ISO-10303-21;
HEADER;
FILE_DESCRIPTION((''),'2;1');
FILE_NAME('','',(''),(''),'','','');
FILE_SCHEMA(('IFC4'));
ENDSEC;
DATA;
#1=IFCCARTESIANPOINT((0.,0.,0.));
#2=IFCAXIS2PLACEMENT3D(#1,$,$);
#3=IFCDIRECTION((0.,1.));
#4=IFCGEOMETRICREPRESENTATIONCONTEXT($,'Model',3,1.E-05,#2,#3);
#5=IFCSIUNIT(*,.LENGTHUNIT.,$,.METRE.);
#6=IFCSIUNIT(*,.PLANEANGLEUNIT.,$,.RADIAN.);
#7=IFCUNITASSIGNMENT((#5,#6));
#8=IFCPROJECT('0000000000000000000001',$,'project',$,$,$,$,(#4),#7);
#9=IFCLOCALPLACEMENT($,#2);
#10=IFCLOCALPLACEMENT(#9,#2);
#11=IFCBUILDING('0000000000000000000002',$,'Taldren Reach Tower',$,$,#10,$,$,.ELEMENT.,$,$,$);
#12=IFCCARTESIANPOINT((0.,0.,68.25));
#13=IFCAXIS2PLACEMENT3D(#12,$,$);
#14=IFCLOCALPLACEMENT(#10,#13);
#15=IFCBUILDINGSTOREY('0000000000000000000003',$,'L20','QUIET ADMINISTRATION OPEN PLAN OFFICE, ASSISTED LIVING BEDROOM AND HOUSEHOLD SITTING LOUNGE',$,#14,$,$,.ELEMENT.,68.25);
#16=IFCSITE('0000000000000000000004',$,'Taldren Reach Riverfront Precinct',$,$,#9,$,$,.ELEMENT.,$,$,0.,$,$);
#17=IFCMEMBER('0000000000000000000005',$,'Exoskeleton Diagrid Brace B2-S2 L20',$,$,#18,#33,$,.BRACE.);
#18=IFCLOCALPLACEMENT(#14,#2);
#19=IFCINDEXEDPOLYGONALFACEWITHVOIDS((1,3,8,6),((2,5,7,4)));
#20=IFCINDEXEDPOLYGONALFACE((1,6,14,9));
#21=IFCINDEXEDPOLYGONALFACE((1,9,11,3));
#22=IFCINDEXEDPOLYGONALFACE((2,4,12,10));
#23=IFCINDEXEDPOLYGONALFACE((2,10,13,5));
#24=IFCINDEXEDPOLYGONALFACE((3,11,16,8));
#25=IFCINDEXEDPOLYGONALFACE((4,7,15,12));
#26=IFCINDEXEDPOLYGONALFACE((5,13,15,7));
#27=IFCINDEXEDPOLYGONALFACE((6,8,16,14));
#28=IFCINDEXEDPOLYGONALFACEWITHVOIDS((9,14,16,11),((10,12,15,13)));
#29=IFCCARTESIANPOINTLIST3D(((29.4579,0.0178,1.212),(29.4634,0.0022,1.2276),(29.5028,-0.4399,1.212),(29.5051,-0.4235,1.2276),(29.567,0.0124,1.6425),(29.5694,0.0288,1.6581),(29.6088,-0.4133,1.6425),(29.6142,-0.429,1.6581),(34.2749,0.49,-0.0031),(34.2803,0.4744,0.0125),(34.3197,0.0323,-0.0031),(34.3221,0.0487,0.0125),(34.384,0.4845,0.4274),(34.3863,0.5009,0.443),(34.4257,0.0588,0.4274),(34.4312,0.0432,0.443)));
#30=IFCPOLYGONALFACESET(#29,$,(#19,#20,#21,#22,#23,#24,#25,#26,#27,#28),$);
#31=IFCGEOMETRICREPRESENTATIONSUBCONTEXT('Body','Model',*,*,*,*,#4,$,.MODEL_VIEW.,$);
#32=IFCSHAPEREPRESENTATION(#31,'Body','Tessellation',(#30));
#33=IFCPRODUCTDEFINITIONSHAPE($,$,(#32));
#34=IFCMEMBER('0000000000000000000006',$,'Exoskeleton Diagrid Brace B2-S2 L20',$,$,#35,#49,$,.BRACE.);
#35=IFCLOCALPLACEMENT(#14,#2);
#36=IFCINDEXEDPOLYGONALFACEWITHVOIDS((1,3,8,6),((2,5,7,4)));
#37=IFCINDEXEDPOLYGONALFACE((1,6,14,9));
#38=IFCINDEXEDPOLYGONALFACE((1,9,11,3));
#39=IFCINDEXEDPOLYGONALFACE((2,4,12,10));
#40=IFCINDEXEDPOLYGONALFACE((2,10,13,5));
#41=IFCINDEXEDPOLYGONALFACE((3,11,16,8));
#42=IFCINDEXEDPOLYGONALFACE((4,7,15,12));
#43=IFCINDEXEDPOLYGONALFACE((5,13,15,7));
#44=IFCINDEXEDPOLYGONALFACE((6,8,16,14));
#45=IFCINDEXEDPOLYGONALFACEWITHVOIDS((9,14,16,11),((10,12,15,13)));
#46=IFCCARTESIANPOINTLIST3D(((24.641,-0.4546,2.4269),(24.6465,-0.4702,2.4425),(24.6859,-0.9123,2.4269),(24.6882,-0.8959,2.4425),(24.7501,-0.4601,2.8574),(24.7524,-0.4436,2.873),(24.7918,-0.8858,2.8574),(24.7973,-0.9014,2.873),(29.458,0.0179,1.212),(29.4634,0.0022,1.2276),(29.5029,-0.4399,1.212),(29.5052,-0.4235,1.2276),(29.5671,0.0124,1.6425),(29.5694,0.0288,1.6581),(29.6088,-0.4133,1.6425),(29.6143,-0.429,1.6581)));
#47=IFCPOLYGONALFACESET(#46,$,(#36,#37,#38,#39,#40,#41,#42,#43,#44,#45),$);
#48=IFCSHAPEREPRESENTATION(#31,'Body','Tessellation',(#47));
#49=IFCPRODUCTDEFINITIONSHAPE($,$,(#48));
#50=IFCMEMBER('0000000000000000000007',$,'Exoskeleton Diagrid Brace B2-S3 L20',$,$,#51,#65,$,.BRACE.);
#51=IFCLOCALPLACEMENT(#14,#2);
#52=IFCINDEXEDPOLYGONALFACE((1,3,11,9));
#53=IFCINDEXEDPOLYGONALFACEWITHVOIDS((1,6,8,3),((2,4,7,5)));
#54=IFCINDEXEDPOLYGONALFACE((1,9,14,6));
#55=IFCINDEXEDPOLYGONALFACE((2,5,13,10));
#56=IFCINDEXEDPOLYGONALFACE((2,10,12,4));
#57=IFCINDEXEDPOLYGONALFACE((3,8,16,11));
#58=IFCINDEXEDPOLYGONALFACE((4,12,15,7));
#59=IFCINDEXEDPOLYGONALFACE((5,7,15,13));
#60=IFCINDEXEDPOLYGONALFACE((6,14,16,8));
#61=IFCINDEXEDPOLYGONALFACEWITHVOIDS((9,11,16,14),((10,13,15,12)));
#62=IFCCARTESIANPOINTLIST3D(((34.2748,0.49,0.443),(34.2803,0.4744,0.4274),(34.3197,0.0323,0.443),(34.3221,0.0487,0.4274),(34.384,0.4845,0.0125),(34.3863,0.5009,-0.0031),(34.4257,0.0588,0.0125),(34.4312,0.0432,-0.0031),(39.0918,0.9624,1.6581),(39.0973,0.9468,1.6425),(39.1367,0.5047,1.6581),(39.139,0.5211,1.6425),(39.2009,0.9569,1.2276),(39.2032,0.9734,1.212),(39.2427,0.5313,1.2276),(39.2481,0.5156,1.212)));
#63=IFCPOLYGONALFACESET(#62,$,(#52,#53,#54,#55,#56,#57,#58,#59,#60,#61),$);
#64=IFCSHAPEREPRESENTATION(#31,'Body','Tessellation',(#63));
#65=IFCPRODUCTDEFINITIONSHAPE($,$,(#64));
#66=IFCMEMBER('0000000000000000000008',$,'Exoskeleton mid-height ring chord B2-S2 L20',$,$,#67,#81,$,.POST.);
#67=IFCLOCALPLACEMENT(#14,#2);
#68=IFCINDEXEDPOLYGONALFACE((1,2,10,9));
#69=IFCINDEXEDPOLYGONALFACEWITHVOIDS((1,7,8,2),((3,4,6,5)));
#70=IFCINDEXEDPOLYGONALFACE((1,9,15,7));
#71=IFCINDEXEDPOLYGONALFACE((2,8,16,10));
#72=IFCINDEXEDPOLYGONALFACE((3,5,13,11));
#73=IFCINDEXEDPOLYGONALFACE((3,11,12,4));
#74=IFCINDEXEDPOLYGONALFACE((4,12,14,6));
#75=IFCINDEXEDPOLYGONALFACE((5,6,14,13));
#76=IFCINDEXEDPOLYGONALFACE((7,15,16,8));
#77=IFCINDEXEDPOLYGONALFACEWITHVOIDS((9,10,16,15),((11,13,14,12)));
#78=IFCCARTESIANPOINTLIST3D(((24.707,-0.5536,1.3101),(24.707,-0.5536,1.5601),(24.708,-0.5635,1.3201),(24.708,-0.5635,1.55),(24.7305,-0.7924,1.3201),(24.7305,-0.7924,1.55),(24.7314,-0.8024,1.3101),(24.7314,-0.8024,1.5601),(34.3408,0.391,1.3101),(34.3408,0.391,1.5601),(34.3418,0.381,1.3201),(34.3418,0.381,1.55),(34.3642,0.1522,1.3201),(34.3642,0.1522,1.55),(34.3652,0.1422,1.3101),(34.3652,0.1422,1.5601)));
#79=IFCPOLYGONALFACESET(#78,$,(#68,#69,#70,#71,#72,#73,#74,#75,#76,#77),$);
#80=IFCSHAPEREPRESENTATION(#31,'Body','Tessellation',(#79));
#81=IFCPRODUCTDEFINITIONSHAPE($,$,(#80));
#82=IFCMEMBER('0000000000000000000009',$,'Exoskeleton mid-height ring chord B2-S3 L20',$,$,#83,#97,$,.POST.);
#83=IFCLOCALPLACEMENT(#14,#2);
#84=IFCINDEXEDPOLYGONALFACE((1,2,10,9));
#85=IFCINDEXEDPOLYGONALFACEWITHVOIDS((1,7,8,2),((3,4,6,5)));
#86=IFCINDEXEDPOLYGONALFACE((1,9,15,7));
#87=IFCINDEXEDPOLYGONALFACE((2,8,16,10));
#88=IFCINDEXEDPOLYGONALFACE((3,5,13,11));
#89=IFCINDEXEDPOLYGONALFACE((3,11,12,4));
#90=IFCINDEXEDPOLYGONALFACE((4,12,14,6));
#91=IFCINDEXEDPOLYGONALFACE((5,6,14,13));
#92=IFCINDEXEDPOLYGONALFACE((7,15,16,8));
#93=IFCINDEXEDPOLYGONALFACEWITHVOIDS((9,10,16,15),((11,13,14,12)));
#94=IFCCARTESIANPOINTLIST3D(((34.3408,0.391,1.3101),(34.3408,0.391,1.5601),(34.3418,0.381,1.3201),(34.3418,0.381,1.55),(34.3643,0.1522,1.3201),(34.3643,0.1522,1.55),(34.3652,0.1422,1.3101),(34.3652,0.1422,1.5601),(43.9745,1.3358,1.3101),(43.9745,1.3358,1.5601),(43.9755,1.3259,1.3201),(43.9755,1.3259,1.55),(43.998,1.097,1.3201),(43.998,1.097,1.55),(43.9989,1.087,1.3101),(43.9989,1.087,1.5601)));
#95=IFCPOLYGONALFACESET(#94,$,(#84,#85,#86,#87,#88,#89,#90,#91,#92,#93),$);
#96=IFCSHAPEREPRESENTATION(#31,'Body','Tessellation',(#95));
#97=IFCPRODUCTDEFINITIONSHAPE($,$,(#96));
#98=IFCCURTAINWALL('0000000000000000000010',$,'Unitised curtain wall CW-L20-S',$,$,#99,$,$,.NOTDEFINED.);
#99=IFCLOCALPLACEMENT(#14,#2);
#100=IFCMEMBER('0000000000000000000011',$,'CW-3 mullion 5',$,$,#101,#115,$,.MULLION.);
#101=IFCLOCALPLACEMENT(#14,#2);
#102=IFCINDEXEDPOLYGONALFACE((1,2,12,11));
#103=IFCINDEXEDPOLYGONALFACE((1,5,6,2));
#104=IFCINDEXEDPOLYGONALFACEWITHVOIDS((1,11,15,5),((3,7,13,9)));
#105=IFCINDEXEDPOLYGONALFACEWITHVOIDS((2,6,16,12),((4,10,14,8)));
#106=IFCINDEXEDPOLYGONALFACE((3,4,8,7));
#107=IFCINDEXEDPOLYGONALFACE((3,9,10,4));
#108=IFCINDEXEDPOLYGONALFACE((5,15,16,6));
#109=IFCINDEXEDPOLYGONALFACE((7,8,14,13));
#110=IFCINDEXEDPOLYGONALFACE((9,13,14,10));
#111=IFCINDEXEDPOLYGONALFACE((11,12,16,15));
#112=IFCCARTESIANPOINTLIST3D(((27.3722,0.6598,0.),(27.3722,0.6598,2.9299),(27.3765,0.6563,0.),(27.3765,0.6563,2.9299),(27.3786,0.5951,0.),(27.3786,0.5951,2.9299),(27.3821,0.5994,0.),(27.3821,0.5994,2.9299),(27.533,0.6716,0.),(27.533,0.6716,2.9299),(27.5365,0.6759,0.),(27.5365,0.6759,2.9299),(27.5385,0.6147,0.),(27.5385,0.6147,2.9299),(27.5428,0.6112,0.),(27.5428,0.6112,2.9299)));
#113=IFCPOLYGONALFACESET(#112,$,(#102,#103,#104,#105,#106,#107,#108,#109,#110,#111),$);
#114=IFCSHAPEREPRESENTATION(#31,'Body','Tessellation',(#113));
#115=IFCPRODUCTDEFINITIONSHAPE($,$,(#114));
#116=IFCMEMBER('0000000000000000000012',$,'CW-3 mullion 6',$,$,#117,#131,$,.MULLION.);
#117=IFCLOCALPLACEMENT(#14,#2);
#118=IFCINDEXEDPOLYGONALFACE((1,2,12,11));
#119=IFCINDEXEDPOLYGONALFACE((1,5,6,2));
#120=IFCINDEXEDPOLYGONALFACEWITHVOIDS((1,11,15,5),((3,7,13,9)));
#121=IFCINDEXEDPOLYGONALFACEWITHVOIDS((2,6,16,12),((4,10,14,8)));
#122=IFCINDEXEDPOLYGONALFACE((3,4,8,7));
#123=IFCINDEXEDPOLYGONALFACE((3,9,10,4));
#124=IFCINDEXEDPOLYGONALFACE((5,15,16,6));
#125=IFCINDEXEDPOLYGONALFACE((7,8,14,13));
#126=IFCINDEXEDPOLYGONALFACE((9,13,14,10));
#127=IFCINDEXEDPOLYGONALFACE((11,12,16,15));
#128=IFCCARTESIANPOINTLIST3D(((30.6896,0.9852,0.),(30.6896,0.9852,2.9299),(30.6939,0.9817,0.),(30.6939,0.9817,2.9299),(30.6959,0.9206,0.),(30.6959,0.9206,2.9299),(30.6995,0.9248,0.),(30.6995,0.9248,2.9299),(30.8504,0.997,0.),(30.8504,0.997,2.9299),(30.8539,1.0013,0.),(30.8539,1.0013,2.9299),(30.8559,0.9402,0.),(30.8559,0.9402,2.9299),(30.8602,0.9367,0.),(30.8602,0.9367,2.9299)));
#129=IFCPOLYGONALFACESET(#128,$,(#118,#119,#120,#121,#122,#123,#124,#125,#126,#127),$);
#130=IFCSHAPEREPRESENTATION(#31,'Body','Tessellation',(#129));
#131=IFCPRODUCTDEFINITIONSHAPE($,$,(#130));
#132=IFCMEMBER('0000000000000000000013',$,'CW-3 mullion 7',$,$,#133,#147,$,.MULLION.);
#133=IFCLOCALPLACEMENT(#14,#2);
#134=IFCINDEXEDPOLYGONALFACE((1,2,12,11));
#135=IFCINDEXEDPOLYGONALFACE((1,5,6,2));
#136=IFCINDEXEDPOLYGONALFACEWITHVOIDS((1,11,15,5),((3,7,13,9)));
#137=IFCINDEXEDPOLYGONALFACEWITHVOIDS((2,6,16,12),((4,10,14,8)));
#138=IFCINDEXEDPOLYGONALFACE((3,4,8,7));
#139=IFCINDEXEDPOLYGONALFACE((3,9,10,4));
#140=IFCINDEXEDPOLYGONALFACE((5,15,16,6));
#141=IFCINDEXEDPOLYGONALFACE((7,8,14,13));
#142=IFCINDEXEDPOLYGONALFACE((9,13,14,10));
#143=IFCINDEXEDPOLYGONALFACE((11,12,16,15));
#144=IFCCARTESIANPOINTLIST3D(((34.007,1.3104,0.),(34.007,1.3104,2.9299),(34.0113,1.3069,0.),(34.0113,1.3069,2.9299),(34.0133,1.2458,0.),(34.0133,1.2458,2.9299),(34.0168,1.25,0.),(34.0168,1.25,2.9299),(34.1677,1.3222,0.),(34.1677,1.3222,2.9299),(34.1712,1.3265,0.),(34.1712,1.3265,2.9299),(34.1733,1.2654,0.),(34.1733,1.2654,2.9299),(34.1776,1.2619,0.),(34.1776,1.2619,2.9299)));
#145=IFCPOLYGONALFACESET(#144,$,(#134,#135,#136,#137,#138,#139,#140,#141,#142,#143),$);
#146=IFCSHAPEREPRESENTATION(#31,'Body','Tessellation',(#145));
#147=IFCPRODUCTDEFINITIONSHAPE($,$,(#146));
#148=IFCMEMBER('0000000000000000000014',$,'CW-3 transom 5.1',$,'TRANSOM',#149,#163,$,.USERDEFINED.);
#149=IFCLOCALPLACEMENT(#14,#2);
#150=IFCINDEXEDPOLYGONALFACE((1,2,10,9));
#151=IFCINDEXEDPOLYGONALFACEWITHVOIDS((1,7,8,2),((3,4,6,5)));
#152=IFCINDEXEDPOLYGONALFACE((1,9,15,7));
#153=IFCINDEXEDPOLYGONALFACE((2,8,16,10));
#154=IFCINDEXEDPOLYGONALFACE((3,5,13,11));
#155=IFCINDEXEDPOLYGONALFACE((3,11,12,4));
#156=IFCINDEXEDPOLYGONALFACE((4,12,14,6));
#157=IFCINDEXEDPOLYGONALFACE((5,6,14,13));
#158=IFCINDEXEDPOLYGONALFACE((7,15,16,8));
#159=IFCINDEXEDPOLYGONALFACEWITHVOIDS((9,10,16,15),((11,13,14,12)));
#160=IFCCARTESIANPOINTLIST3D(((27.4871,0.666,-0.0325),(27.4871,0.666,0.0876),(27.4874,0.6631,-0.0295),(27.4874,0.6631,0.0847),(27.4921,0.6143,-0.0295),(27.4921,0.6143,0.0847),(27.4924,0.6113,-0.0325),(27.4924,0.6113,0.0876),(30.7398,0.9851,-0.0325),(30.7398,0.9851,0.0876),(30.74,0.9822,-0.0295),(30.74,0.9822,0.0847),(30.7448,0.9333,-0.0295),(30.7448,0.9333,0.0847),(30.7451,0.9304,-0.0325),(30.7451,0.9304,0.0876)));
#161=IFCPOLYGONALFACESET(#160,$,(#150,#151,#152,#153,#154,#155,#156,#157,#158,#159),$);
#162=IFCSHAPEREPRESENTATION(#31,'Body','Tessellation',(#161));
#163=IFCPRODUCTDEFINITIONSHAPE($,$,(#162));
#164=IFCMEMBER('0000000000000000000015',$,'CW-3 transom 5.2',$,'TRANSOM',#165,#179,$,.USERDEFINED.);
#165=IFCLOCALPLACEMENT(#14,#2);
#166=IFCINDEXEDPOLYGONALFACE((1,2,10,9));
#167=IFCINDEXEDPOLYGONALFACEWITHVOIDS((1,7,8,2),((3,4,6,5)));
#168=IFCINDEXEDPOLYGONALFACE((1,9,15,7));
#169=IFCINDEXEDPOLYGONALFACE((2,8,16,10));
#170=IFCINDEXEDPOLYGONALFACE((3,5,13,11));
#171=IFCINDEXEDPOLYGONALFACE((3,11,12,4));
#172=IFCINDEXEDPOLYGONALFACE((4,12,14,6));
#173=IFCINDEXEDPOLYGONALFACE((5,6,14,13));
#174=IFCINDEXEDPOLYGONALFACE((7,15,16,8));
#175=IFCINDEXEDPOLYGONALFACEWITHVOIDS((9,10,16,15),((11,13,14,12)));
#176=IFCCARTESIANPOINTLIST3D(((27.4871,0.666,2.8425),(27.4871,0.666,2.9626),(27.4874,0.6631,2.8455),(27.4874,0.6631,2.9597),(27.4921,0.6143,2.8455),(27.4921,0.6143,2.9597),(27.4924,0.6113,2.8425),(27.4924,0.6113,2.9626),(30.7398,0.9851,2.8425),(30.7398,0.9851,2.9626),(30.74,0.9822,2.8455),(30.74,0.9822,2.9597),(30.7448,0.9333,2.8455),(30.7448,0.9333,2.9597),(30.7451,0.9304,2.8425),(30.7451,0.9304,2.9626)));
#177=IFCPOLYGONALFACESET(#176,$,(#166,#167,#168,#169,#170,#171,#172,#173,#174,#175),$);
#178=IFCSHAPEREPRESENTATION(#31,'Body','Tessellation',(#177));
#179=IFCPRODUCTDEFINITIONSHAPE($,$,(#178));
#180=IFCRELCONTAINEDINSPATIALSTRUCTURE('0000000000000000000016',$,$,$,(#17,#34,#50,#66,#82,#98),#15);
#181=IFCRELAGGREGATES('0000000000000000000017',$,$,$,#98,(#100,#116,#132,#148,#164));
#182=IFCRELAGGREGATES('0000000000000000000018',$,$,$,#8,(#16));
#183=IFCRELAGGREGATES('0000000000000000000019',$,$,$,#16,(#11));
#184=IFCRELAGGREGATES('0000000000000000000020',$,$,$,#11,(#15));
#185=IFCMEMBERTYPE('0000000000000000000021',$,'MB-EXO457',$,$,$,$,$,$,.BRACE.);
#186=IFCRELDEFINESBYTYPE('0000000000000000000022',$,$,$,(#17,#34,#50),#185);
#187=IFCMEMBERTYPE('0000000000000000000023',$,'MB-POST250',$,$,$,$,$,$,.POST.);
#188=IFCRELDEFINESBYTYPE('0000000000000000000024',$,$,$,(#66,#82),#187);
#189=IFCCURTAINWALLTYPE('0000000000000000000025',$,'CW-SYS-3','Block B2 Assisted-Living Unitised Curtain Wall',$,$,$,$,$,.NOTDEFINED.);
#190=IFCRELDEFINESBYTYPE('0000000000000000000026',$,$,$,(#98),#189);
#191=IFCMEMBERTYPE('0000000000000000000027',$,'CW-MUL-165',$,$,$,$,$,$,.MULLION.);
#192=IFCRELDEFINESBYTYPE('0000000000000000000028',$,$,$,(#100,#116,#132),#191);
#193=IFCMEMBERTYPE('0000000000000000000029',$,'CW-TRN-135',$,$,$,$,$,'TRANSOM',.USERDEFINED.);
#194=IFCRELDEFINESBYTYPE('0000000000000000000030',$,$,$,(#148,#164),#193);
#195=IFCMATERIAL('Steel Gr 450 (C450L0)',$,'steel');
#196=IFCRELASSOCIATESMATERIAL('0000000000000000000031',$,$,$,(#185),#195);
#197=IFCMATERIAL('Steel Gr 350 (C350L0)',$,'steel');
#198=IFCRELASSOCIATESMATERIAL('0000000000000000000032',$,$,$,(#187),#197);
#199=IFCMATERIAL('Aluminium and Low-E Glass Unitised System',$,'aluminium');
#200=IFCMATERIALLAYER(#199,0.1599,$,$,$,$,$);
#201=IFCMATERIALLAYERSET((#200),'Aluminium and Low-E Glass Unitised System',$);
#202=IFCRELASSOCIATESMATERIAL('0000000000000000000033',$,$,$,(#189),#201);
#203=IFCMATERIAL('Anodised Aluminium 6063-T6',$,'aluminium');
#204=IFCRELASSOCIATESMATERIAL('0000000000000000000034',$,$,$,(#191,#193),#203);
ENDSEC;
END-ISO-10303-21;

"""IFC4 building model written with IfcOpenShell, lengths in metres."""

from ifc_helpers import new_model, si_unit, direction, frame, origin, origin_2d, place, context, subcontext, project, spatial, hollow_rectangle, extrude, source, transform, mapped, material, layer, layer_set, material_profile, profile_set, type_object, element, aggregate, save


model = new_model("IFC4")

# Units and contexts
model_context = context("Model", 3, precision=1e-05, world=origin(), true_north=direction((0.0, 1.0)))
body_context = subcontext(model_context, "Body", "Model", "MODEL_VIEW")
ifc_project = project(units=[si_unit("LENGTHUNIT", "METRE"), si_unit("PLANEANGLEUNIT", "RADIAN")], contexts=[model_context])

# Site, building, storey
site_placement = place(None, origin())
site = spatial("IfcSite", under=ifc_project, at=site_placement, Name="Taldren Reach Riverfront Precinct", CompositionType="ELEMENT", RefElevation=0.0)
building_placement = place(site_placement, origin())
building = spatial("IfcBuilding", under=site, at=building_placement, Name="Taldren Reach Tower", CompositionType="ELEMENT")
storey_placement = place(building_placement, frame((0.0, 0.0, 68.25)))
storey = spatial("IfcBuildingStorey", under=building, at=storey_placement, Name="L20", Description="QUIET ADMINISTRATION OPEN PLAN OFFICE, ASSISTED LIVING BEDROOM AND HOUSEHOLD SITTING LOUNGE", CompositionType="ELEMENT", Elevation=68.25)

# Members
ifc_material_1 = material(Name="Steel Gr 450 (C450L0)", Category="steel")
ifc_material_profile_1 = material_profile(ifc_material_1, hollow_rectangle(XDim=0.46, YDim=0.46, WallThickness=0.0161, at=origin_2d()), Name="460x460x16.0SHS")
ifc_profile_set_1 = profile_set([ifc_material_profile_1], Name="Steel Gr 450 (C450L0)")
member_type_1 = type_object("IfcMemberType", Name="MB-EXO457", PredefinedType="BRACE", material=ifc_profile_set_1)
shared_shape_1 = source(origin(), body_context, "Body", "SweptSolid", [
    extrude(hollow_rectangle(XDim=0.46, YDim=0.46, WallThickness=0.0161, at=origin_2d()), origin(), (0.0, 0.0, 1.0), 4.9902),
])
for number, where, z_axis, x_axis, name in (
    (1, (34.353, 0.2666, 0.22), (-0.965276, -0.09462, 0.243496), (0.097556, -0.99523, 0.0), "Exoskeleton Diagrid Brace B2-S2 L20"),
    (2, (29.5361, -0.2056, 1.4351), (-0.965283, -0.094669, 0.243449), (0.097606, -0.995225, 0.0), "Exoskeleton Diagrid Brace B2-S2 L20"),
    (3, (34.353, 0.2666, 0.22), (0.965271, 0.094668, 0.243495), (-0.097606, 0.995225, 0.0), "Exoskeleton Diagrid Brace B2-S3 L20"),
):
    element("IfcMember", number, at=place(storey_placement, frame(where, z_axis=z_axis, x_axis=x_axis)), inside=storey, type_object=member_type_1, Name=name, PredefinedType="BRACE", context=body_context, shape_type="MappedRepresentation", body=[
        mapped(shared_shape_1, transform((0.0, 0.0, 0.0), scale=1.0)),
    ])
ifc_material_2 = material(Name="Steel Gr 350 (C350L0)", Category="steel")
ifc_material_profile_2 = material_profile(ifc_material_2, hollow_rectangle(XDim=0.25, YDim=0.25, WallThickness=0.01, at=origin_2d()), Name="250x250x10.0SHS")
ifc_profile_set_2 = profile_set([ifc_material_profile_2], Name="Steel Gr 350 (C350L0)")
member_type_2 = type_object("IfcMemberType", Name="MB-POST250", PredefinedType="POST", material=ifc_profile_set_2)
shared_shape_2 = source(origin(), body_context, "Body", "SweptSolid", [
    extrude(hollow_rectangle(XDim=0.25, YDim=0.25, WallThickness=0.01, at=origin_2d()), origin(), (0.0, 0.0, 1.0), 9.6799),
])
for number, where, z_axis, x_axis, name in (
    (4, (24.7192, -0.678, 1.4351), (0.995228, 0.097581, 0.0), (-0.097581, 0.995228, 0.0), "Exoskeleton mid-height ring chord B2-S2 L20"),
    (5, (34.353, 0.2666, 1.4351), (0.995225, 0.097606, 0.0), (-0.097606, 0.995225, 0.0), "Exoskeleton mid-height ring chord B2-S3 L20"),
):
    element("IfcMember", number, at=place(storey_placement, frame(where, z_axis=z_axis, x_axis=x_axis)), inside=storey, type_object=member_type_2, Name=name, PredefinedType="POST", context=body_context, shape_type="MappedRepresentation", body=[
        mapped(shared_shape_2, transform((0.0, 0.0, 0.0), scale=1.0)),
    ])

# Curtain wall, members
ifc_material_3 = material(Name="Aluminium and Low-E Glass Unitised System", Category="aluminium")
ifc_layer_1 = layer(ifc_material_3, 0.1599)
ifc_layer_set_1 = layer_set([ifc_layer_1], Name="Aluminium and Low-E Glass Unitised System")
curtain_wall_type = type_object("IfcCurtainWallType", Name="CW-SYS-3", Description="Block B2 Assisted-Living Unitised Curtain Wall", PredefinedType="NOTDEFINED", material=ifc_layer_set_1)
curtain_wall_placement = place(storey_placement, origin())
curtain_wall = element("IfcCurtainWall", 6, at=curtain_wall_placement, inside=storey, type_object=curtain_wall_type, Name="Unitised curtain wall CW-L20-S", PredefinedType="NOTDEFINED")
ifc_material_4 = material(Name="Anodised Aluminium 6063-T6", Category="aluminium")
ifc_material_profile_3 = material_profile(ifc_material_4, hollow_rectangle(XDim=0.0649, YDim=0.165, WallThickness=0.0039, at=origin_2d()), Name="ALU-165x65x4RHS")
ifc_profile_set_3 = profile_set([ifc_material_profile_3], Name="Anodised Aluminium 6063-T6")
member_type_3 = type_object("IfcMemberType", Name="CW-MUL-165", PredefinedType="MULLION", material=ifc_profile_set_3)
shared_shape_3 = source(origin(), body_context, "Body", "SweptSolid", [
    extrude(hollow_rectangle(XDim=0.0649, YDim=0.165, WallThickness=0.0039, at=origin_2d()), origin(), (0.0, 0.0, 1.0), 2.9299),
])
member_1_placement = place(storey_placement, frame((27.4575, 0.6355, 0.0), z_axis=(0.0, 0.0, 1.0), x_axis=(-0.097583, 0.995227, 0.0)))
member_1 = element("IfcMember", 7, at=member_1_placement, type_object=member_type_3, Name="CW-3 mullion 5", PredefinedType="MULLION", context=body_context, shape_type="MappedRepresentation", body=[
    mapped(shared_shape_3, transform((0.0, 0.0, 0.0), scale=1.0)),
])
member_2_placement = place(storey_placement, frame((30.7749, 0.9609, 0.0), z_axis=(0.0, 0.0, 1.0), x_axis=(-0.097583, 0.995227, 0.0)))
member_2 = element("IfcMember", 8, at=member_2_placement, type_object=member_type_3, Name="CW-3 mullion 6", PredefinedType="MULLION", context=body_context, shape_type="MappedRepresentation", body=[
    mapped(shared_shape_3, transform((0.0, 0.0, 0.0), scale=1.0)),
])
member_3_placement = place(storey_placement, frame((34.0923, 1.2861, 0.0), z_axis=(0.0, 0.0, 1.0), x_axis=(-0.097583, 0.995227, 0.0)))
member_3 = element("IfcMember", 9, at=member_3_placement, type_object=member_type_3, Name="CW-3 mullion 7", PredefinedType="MULLION", context=body_context, shape_type="MappedRepresentation", body=[
    mapped(shared_shape_3, transform((0.0, 0.0, 0.0), scale=1.0)),
])
ifc_material_profile_4 = material_profile(ifc_material_4, hollow_rectangle(XDim=0.0549, YDim=0.1201, WallThickness=0.0029, at=origin_2d()), Name="ALU-120x55x3RHS")
ifc_profile_set_4 = profile_set([ifc_material_profile_4], Name="Anodised Aluminium 6063-T6")
member_type_4 = type_object("IfcMemberType", Name="CW-TRN-135", ElementType="TRANSOM", PredefinedType="USERDEFINED", material=ifc_profile_set_4)
shared_shape_4 = source(origin(), body_context, "Body", "SweptSolid", [
    extrude(hollow_rectangle(XDim=0.0549, YDim=0.1201, WallThickness=0.0029, at=origin_2d()), origin(), (0.0, 0.0, 1.0), 3.2683),
])
member_4_placement = place(storey_placement, frame((27.4897, 0.6387, 0.0276), z_axis=(0.995223, 0.097632, 0.0), x_axis=(-0.097632, 0.995223, 0.0)))
member_4 = element("IfcMember", 10, at=member_4_placement, type_object=member_type_4, Name="CW-3 transom 5.1", ObjectType="TRANSOM", PredefinedType="USERDEFINED", context=body_context, shape_type="MappedRepresentation", body=[
    mapped(shared_shape_4, transform((0.0, 0.0, 0.0), scale=1.0)),
])
member_5_placement = place(storey_placement, frame((27.4897, 0.6387, 2.9026), z_axis=(0.995223, 0.097632, 0.0), x_axis=(-0.097632, 0.995223, 0.0)))
member_5 = element("IfcMember", 11, at=member_5_placement, type_object=member_type_4, Name="CW-3 transom 5.2", ObjectType="TRANSOM", PredefinedType="USERDEFINED", context=body_context, shape_type="MappedRepresentation", body=[
    mapped(shared_shape_4, transform((0.0, 0.0, 0.0), scale=1.0)),
])

aggregate(curtain_wall, [member_1, member_2, member_3, member_4, member_5])

save(model, "model.ifc")
